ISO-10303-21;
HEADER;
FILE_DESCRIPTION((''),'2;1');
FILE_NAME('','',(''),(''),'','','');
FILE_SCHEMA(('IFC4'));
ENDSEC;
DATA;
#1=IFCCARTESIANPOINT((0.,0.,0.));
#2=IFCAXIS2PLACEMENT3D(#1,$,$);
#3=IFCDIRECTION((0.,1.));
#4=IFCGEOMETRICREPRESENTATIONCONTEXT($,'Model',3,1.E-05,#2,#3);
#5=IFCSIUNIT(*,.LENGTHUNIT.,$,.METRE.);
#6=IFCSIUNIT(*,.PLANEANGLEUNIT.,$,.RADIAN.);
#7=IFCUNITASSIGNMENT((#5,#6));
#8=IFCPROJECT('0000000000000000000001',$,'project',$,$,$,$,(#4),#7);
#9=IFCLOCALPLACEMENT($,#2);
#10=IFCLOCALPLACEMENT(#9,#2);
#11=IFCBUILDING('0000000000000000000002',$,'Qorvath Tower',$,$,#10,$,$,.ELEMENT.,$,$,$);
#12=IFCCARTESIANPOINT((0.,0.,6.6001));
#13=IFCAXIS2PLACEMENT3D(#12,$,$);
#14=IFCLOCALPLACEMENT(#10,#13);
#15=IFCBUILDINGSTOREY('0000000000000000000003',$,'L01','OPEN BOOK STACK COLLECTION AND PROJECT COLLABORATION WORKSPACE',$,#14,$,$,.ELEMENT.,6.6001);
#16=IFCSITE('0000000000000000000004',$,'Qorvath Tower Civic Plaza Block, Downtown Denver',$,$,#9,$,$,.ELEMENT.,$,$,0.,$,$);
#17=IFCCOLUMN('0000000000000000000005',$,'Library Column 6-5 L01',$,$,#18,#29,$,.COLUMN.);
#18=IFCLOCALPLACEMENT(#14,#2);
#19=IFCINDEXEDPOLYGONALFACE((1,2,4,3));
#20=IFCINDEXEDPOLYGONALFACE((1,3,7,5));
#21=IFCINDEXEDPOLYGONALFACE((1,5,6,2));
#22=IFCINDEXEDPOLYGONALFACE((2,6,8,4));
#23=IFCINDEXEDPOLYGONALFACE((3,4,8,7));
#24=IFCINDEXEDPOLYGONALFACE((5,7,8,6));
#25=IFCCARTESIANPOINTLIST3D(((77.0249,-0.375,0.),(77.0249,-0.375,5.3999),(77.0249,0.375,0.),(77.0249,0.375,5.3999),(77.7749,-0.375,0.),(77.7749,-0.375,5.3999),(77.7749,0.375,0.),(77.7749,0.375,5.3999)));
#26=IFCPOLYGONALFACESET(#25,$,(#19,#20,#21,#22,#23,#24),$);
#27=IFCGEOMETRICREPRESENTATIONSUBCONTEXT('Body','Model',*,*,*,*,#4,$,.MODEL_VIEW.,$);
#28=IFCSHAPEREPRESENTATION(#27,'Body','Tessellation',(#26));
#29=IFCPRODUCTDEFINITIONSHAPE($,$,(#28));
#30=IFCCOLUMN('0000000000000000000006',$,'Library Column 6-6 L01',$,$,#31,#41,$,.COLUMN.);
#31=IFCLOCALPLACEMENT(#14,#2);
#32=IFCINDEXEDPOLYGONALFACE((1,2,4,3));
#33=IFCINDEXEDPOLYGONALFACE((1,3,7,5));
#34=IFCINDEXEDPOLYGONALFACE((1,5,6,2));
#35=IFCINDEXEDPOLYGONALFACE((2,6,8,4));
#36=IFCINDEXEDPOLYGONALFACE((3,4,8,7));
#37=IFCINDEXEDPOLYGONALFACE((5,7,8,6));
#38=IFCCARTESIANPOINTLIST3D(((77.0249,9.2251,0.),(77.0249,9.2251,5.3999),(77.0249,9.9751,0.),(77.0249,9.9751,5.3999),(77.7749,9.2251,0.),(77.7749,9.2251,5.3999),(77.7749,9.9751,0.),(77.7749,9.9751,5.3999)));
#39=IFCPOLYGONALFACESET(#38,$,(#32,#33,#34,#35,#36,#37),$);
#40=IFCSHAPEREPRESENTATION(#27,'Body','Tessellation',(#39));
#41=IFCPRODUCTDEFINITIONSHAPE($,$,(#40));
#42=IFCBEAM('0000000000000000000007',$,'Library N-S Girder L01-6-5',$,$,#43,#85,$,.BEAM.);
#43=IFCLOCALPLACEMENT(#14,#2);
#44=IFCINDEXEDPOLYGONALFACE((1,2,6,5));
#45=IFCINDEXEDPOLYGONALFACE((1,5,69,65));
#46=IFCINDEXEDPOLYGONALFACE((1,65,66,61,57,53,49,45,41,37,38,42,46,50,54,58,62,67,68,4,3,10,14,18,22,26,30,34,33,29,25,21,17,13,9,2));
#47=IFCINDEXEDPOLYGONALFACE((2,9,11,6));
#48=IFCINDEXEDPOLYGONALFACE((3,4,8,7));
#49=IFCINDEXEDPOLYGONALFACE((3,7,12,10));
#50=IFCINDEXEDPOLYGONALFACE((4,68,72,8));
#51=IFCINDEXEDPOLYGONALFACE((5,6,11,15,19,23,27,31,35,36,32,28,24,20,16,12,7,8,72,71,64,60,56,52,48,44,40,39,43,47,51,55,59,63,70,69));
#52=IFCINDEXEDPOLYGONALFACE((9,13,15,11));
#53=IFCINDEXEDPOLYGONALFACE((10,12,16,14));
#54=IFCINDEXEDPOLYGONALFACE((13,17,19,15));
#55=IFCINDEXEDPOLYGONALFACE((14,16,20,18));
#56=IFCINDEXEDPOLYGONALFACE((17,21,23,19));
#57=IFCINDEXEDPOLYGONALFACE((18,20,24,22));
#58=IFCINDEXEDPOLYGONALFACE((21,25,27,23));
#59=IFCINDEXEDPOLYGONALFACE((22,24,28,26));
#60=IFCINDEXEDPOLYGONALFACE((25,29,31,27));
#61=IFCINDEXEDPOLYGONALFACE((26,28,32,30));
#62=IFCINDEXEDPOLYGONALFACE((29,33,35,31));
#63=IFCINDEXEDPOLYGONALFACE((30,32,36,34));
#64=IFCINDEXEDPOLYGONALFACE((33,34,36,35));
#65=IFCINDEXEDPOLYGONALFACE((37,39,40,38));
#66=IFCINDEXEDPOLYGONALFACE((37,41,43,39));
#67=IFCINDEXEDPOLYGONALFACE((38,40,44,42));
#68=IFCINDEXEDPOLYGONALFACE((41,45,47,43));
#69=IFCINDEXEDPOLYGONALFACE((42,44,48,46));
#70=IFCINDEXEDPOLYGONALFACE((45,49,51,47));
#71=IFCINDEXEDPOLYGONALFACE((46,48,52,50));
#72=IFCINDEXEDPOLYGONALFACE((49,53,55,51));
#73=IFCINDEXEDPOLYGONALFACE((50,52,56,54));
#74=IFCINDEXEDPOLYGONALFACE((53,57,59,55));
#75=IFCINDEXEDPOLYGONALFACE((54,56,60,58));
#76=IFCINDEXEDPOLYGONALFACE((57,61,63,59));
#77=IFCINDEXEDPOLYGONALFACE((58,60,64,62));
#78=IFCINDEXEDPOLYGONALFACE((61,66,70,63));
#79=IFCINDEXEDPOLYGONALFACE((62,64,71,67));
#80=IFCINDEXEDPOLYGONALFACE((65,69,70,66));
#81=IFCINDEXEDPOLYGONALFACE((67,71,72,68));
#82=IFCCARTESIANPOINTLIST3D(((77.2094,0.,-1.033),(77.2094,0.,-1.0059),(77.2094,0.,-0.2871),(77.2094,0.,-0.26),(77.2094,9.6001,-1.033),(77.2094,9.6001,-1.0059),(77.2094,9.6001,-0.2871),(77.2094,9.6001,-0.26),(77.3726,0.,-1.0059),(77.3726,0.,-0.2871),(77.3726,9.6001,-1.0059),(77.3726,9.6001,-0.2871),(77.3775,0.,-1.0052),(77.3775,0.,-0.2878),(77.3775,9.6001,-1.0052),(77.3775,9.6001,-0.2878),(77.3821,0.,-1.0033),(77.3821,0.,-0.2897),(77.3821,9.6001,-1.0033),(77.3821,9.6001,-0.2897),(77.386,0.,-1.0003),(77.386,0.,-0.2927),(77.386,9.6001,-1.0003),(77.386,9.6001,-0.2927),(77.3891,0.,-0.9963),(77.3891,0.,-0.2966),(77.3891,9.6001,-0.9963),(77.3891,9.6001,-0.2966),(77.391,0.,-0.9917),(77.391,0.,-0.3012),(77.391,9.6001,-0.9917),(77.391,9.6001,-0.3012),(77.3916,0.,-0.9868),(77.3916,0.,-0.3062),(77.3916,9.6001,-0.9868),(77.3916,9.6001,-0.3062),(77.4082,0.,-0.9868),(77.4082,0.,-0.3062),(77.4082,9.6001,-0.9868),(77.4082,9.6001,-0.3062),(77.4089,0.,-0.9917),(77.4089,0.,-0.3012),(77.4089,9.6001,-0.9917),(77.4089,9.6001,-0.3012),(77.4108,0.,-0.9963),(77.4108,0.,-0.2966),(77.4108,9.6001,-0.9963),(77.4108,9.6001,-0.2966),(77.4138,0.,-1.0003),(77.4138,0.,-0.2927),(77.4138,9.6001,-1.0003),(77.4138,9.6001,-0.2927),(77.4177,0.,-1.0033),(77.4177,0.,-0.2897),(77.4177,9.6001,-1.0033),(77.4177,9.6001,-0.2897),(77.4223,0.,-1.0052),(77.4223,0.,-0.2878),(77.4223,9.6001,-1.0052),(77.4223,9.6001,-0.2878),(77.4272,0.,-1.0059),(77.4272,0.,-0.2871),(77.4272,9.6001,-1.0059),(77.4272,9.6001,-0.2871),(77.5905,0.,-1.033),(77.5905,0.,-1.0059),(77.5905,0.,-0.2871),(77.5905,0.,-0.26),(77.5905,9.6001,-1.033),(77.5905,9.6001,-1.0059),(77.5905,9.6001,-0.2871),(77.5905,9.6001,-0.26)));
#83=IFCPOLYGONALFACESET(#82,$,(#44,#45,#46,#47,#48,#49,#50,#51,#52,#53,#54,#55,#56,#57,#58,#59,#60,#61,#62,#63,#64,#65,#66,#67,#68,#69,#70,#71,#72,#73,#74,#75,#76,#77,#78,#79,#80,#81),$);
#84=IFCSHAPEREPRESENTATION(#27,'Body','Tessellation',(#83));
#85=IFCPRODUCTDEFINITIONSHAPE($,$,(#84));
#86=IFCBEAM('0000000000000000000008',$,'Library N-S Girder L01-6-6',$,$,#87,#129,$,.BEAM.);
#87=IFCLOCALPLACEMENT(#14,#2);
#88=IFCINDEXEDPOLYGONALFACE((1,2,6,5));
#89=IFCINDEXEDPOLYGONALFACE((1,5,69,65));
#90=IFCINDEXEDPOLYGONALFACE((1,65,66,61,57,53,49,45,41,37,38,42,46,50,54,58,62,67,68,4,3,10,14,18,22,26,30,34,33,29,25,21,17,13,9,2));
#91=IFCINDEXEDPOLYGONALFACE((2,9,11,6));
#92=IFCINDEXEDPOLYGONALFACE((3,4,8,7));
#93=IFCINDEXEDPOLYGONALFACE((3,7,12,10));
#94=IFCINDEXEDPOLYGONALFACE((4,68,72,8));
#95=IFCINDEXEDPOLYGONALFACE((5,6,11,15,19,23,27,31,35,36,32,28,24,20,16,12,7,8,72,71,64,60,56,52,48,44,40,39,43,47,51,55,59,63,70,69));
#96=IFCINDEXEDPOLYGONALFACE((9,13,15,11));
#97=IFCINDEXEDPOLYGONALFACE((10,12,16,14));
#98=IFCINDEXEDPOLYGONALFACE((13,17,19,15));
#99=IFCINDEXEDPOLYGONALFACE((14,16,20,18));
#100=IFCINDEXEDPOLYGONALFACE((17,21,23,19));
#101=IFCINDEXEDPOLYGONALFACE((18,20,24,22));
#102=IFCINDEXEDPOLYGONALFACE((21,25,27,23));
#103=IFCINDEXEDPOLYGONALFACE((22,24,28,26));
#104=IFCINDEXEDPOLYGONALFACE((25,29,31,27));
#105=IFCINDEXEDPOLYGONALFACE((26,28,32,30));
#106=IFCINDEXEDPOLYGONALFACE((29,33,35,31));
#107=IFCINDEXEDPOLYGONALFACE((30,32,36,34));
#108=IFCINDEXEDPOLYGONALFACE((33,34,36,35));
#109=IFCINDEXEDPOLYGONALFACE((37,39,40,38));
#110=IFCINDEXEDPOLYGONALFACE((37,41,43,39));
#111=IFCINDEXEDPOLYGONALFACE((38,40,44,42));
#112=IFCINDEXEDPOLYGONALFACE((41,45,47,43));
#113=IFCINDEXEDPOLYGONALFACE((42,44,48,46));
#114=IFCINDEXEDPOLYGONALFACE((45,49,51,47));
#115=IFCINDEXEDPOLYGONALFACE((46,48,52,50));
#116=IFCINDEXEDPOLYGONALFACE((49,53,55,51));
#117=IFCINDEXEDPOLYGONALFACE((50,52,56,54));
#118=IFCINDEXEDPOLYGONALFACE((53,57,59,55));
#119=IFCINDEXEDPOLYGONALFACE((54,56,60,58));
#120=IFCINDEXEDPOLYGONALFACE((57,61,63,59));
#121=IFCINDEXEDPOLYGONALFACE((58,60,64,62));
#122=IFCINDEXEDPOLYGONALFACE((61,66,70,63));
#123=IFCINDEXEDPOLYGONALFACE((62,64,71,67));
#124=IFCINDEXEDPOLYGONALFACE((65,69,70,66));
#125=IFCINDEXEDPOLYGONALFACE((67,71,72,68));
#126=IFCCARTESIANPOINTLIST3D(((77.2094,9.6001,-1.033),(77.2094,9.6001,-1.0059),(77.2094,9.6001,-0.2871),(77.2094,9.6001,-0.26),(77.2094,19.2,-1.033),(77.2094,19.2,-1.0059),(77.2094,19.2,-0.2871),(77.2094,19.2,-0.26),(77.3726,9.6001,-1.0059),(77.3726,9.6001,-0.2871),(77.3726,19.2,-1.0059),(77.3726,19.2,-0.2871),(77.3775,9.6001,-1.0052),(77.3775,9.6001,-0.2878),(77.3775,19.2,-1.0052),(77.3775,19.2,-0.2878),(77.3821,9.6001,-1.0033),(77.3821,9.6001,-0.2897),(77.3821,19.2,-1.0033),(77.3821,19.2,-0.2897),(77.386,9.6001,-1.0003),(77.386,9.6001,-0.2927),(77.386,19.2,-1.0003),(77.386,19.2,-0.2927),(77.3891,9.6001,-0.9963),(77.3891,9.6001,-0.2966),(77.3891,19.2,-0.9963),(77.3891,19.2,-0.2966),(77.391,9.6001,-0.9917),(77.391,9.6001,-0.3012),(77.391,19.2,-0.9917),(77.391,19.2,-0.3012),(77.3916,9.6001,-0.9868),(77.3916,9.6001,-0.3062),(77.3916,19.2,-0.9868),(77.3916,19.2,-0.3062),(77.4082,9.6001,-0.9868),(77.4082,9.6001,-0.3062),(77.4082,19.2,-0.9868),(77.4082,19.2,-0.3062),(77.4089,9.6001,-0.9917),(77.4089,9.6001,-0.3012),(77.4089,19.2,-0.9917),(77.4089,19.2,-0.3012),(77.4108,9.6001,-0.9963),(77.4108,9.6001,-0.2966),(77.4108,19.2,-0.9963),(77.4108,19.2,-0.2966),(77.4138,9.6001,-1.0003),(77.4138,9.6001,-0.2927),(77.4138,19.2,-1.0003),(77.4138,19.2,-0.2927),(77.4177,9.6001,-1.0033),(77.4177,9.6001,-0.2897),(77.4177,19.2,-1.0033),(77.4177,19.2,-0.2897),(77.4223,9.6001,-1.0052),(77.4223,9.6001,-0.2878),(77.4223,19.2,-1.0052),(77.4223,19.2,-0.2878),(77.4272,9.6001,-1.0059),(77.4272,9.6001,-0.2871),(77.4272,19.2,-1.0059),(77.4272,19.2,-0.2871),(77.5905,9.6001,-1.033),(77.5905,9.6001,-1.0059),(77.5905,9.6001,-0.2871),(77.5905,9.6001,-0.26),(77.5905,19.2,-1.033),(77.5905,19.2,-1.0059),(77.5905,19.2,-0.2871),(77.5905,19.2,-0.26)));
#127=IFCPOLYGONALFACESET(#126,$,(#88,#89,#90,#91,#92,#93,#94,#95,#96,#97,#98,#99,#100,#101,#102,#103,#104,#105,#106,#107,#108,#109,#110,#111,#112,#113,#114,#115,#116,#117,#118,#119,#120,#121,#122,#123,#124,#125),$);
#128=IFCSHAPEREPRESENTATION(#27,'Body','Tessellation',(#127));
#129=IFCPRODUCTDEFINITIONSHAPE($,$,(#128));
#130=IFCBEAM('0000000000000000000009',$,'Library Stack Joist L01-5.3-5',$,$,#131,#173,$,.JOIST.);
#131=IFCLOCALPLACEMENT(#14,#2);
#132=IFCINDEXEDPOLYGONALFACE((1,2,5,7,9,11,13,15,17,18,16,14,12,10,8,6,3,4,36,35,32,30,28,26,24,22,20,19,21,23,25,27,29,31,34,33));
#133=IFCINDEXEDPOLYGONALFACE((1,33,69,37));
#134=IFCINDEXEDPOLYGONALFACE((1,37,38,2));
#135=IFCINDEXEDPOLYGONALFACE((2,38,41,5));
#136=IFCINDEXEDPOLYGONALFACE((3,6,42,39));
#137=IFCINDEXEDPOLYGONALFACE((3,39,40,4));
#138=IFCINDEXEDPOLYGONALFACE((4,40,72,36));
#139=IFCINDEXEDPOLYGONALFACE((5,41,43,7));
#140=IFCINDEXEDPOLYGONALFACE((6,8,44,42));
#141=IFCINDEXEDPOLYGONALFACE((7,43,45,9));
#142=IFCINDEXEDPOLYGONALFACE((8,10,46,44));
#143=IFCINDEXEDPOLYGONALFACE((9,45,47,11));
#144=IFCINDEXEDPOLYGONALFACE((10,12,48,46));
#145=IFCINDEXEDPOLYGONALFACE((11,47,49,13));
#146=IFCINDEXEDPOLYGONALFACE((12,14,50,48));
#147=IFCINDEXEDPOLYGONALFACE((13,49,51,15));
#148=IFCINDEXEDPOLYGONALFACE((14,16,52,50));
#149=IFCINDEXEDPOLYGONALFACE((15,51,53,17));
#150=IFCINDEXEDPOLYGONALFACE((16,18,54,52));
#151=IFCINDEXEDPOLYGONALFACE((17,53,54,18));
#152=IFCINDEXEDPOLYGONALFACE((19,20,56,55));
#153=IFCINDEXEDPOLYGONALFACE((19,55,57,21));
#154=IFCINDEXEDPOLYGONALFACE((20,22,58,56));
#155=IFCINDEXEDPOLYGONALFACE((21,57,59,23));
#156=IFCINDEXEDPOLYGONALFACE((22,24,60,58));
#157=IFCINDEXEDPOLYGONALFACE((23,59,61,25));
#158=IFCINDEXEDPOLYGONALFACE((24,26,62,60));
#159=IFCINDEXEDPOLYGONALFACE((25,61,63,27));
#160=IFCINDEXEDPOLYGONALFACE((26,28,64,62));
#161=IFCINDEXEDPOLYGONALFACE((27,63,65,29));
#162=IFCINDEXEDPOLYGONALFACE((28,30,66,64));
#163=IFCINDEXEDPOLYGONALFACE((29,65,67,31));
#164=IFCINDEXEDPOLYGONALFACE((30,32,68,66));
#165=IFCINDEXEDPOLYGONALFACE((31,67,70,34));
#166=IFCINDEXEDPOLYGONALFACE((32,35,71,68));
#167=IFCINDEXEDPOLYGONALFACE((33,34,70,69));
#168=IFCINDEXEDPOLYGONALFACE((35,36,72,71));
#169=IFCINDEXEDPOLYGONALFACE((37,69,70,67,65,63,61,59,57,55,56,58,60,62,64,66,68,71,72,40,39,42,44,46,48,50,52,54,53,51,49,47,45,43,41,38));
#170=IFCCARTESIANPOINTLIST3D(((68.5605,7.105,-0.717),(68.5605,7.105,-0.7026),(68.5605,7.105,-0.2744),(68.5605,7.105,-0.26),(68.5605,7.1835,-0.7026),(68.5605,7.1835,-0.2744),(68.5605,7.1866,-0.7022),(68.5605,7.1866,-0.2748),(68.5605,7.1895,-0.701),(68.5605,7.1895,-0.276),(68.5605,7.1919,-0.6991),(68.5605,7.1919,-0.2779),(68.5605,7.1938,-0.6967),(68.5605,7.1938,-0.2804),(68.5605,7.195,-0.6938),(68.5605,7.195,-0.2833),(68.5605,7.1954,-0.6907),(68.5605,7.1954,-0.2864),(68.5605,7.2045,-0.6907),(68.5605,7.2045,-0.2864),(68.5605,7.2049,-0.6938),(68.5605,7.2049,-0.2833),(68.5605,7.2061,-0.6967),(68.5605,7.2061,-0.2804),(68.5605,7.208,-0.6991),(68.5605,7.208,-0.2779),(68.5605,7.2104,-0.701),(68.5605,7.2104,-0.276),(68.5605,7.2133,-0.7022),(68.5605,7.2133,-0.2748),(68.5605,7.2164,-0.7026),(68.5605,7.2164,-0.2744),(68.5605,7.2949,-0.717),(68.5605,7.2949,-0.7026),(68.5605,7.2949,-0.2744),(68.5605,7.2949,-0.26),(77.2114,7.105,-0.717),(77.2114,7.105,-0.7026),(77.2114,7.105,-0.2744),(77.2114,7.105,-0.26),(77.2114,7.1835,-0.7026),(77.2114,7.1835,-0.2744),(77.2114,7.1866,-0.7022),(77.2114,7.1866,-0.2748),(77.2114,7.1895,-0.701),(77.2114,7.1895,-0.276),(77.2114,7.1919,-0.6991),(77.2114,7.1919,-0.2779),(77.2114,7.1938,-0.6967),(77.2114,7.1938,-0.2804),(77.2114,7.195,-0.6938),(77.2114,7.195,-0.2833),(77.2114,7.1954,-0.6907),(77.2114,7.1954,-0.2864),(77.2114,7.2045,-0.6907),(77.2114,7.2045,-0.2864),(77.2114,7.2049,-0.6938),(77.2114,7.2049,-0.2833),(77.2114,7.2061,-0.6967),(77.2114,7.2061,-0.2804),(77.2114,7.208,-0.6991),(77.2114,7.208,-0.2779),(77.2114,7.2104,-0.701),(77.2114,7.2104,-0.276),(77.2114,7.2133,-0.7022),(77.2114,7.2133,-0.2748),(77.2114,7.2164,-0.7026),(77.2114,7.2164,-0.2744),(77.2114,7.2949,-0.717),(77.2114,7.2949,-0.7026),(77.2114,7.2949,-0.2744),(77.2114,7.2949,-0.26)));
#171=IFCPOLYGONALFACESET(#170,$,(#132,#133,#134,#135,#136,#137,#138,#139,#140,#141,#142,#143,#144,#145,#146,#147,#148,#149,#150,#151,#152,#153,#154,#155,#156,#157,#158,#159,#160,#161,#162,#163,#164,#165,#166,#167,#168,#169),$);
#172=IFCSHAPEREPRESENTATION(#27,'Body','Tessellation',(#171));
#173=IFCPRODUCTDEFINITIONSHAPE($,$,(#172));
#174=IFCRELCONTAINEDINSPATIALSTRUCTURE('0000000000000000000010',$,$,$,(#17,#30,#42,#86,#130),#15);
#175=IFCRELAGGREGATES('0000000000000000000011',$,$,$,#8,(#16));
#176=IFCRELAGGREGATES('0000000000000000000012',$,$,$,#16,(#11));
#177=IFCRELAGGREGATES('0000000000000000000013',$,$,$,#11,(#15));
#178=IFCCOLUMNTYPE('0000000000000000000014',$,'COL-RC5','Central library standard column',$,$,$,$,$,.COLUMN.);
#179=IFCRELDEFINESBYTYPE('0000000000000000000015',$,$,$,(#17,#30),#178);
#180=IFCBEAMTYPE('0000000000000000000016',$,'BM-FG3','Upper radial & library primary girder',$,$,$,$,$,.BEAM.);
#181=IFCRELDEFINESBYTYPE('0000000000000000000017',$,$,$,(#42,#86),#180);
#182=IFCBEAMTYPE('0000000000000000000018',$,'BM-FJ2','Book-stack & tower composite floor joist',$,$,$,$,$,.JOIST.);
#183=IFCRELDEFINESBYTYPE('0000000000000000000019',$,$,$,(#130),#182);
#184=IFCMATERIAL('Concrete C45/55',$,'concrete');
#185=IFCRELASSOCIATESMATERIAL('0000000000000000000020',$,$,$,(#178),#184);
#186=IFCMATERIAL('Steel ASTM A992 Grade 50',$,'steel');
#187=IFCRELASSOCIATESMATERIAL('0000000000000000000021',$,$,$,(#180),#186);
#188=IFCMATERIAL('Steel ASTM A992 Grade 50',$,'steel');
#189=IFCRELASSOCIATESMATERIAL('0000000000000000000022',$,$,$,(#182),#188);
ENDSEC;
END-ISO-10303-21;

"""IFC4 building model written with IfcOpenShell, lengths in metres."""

from ifc_helpers import new_model, si_unit, direction, frame, origin, origin_2d, place, context, subcontext, project, spatial, rectangle, i_section, extrude, material, material_profile, profile_set, type_object, element, save


model = new_model("IFC4")

# Units and contexts
model_context = context("Model", 3, precision=1e-05, world=origin(), true_north=direction((0.0, 1.0)))
body_context = subcontext(model_context, "Body", "Model", "MODEL_VIEW")
ifc_project = project(units=[si_unit("LENGTHUNIT", "METRE"), si_unit("PLANEANGLEUNIT", "RADIAN")], contexts=[model_context])

# Site, building, storey
site_placement = place(None, origin())
site = spatial("IfcSite", under=ifc_project, at=site_placement, Name="Qorvath Tower Civic Plaza Block, Downtown Denver", CompositionType="ELEMENT", RefElevation=0.0)
building_placement = place(site_placement, origin())
building = spatial("IfcBuilding", under=site, at=building_placement, Name="Qorvath Tower", CompositionType="ELEMENT")
storey_placement = place(building_placement, frame((0.0, 0.0, 6.6001)))
storey = spatial("IfcBuildingStorey", under=building, at=storey_placement, Name="L01", Description="OPEN BOOK STACK COLLECTION AND PROJECT COLLABORATION WORKSPACE", CompositionType="ELEMENT", Elevation=6.6001)

# Columns
ifc_material_1 = material(Name="Concrete C45/55", Category="concrete")
ifc_material_profile_1 = material_profile(ifc_material_1, rectangle(XDim=0.75, YDim=0.75, at=origin_2d()), Name="RC 750x750")
ifc_profile_set_1 = profile_set([ifc_material_profile_1], Name="Concrete C45/55")
column_type = type_object("IfcColumnType", Name="COL-RC5", Description="Central library standard column", PredefinedType="COLUMN", material=ifc_profile_set_1)
for number, where, z_axis, x_axis, name in (
    (1, (77.3999, 0.0, 0.0), (0.0, 0.0, 1.0), (1.0, 0.0, 0.0), "Library Column 6-5 L01"),
    (2, (77.3999, 9.6001, 0.0), (0.0, 0.0, 1.0), (1.0, 0.0, 0.0), "Library Column 6-6 L01"),
):
    element("IfcColumn", number, at=place(storey_placement, frame(where, z_axis=z_axis, x_axis=x_axis)), inside=storey, type_object=column_type, Name=name, PredefinedType="COLUMN", context=body_context, shape_type="SweptSolid", body=[
        extrude(rectangle(XDim=0.75, YDim=0.75, at=origin_2d()), origin(), (0.0, 0.0, 1.0), 5.3999),
    ])

# Beams
ifc_material_2 = material(Name="Steel ASTM A992 Grade 50", Category="steel")
ifc_material_profile_2 = material_profile(ifc_material_2, i_section(OverallWidth=0.3811, OverallDepth=0.7729, WebThickness=0.0166, FlangeThickness=0.0271, FilletRadius=0.019, at=origin_2d()), Name="W30x173")
ifc_profile_set_2 = profile_set([ifc_material_profile_2], Name="Steel ASTM A992 Grade 50")
beam_type_1 = type_object("IfcBeamType", Name="BM-FG3", Description="Upper radial & library primary girder", PredefinedType="BEAM", material=ifc_profile_set_2)
beam_1_placement = place(storey_placement, frame((77.3999, 0.0, -0.6465), z_axis=(0.0, 1.0, 0.0), x_axis=(-1.0, 0.0, 0.0)))
element("IfcBeam", 3, at=beam_1_placement, inside=storey, type_object=beam_type_1, Name="Library N-S Girder L01-6-5", PredefinedType="BEAM", context=body_context, shape_type="SweptSolid", body=[
    extrude(i_section(OverallWidth=0.3811, OverallDepth=0.7729, WebThickness=0.0166, FlangeThickness=0.0271, FilletRadius=0.019, at=origin_2d()), origin(), (0.0, 0.0, 1.0), 9.6001),
])
beam_2_placement = place(storey_placement, frame((77.3999, 9.6001, -0.6465), z_axis=(0.0, 1.0, 0.0), x_axis=(-1.0, 0.0, 0.0)))
element("IfcBeam", 4, at=beam_2_placement, inside=storey, type_object=beam_type_1, Name="Library N-S Girder L01-6-6", PredefinedType="BEAM", context=body_context, shape_type="SweptSolid", body=[
    extrude(i_section(OverallWidth=0.3811, OverallDepth=0.7729, WebThickness=0.0166, FlangeThickness=0.0271, FilletRadius=0.019, at=origin_2d()), origin(), (0.0, 0.0, 1.0), 9.5999),
])
ifc_material_3 = material(Name="Steel ASTM A992 Grade 50", Category="steel")
ifc_material_profile_3 = material_profile(ifc_material_3, i_section(OverallWidth=0.1899, OverallDepth=0.457, WebThickness=0.009, FlangeThickness=0.0144, FilletRadius=0.012, at=origin_2d()), Name="W18x50")
ifc_profile_set_3 = profile_set([ifc_material_profile_3], Name="Steel ASTM A992 Grade 50")
beam_type_2 = type_object("IfcBeamType", Name="BM-FJ2", Description="Book-stack & tower composite floor joist", PredefinedType="JOIST", material=ifc_profile_set_3)
for number, where, z_axis, x_axis, name in (
    (5, (68.5605, 7.2, -0.4885), (1.0, 0.0, 0.0), (0.0, 1.0, 0.0), "Library Stack Joist L01-5.3-5"),
):
    element("IfcBeam", number, at=place(storey_placement, frame(where, z_axis=z_axis, x_axis=x_axis)), inside=storey, type_object=beam_type_2, Name=name, PredefinedType="JOIST", context=body_context, shape_type="SweptSolid", body=[
        extrude(i_section(OverallWidth=0.1899, OverallDepth=0.457, WebThickness=0.009, FlangeThickness=0.0144, FilletRadius=0.012, at=origin_2d()), origin(), (0.0, 0.0, 1.0), 8.6509),
    ])

save(model, "model.ifc")
